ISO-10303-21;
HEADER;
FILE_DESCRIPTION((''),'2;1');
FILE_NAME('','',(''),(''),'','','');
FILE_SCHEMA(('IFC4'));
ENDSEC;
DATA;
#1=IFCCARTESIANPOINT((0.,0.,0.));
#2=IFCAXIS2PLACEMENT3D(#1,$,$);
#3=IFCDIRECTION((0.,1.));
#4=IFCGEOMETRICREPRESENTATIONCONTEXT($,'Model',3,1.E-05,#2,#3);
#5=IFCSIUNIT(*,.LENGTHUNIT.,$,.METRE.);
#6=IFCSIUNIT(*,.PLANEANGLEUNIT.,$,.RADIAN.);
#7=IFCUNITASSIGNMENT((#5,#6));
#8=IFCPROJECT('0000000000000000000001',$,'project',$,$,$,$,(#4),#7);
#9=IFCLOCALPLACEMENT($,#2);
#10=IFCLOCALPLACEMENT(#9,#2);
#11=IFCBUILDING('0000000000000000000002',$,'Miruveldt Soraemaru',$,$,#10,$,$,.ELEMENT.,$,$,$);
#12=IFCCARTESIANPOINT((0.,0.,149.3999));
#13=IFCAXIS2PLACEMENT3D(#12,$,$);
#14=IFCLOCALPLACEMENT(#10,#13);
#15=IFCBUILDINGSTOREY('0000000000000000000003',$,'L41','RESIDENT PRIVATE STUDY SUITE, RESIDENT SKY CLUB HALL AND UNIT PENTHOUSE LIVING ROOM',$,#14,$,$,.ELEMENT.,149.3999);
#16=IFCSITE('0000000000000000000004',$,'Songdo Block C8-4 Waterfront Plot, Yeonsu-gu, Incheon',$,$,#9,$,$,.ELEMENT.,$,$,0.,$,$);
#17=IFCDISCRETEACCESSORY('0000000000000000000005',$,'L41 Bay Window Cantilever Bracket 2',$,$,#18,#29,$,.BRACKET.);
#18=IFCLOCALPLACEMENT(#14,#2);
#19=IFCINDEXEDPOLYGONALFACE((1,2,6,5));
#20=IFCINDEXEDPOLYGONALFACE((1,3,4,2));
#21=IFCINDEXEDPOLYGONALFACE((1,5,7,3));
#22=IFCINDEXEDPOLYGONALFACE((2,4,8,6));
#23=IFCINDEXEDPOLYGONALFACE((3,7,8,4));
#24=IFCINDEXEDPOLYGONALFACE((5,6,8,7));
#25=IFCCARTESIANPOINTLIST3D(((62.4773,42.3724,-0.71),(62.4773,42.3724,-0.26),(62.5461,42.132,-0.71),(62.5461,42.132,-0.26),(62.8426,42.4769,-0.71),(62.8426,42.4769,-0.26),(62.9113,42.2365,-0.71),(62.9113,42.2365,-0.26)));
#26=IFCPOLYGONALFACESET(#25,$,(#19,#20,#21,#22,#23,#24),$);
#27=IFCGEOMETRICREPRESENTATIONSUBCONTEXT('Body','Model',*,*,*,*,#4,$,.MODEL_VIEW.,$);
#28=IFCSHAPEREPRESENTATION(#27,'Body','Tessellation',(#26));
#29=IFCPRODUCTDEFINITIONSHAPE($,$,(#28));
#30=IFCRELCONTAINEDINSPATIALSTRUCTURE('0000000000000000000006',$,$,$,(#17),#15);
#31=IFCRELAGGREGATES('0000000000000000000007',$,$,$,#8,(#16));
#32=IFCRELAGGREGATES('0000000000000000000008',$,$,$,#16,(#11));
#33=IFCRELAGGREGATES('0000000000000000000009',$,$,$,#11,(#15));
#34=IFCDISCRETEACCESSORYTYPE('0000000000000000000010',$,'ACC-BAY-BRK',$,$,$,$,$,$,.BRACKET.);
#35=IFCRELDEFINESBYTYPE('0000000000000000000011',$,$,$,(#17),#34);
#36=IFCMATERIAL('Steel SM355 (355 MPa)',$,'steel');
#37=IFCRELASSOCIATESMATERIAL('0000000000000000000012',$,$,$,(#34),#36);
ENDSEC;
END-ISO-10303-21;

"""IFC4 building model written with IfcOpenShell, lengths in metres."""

from ifc_helpers import new_model, si_unit, direction, frame, origin, origin_2d, place, context, subcontext, project, spatial, rectangle, extrude, material, type_object, element, save


model = new_model("IFC4")

# Units and contexts
model_context = context("Model", 3, precision=1e-05, world=origin(), true_north=direction((0.0, 1.0)))
body_context = subcontext(model_context, "Body", "Model", "MODEL_VIEW")
ifc_project = project(units=[si_unit("LENGTHUNIT", "METRE"), si_unit("PLANEANGLEUNIT", "RADIAN")], contexts=[model_context])

# Site, building, storey
site_placement = place(None, origin())
site = spatial("IfcSite", under=ifc_project, at=site_placement, Name="Songdo Block C8-4 Waterfront Plot, Yeonsu-gu, Incheon", CompositionType="ELEMENT", RefElevation=0.0)
building_placement = place(site_placement, origin())
building = spatial("IfcBuilding", under=site, at=building_placement, Name="Miruveldt Soraemaru", CompositionType="ELEMENT")
storey_placement = place(building_placement, frame((0.0, 0.0, 149.3999)))
storey = spatial("IfcBuildingStorey", under=building, at=storey_placement, Name="L41", Description="RESIDENT PRIVATE STUDY SUITE, RESIDENT SKY CLUB HALL AND UNIT PENTHOUSE LIVING ROOM", CompositionType="ELEMENT", Elevation=149.3999)

# Shared definitions
ifc_material_1 = material(Name="Steel SM355 (355 MPa)", Category="steel")

# Discrete accessory
discrete_accessory_type = type_object("IfcDiscreteAccessoryType", Name="ACC-BAY-BRK", PredefinedType="BRACKET", material=ifc_material_1)
discrete_accessory_placement = place(storey_placement, frame((62.6943, 42.3044, -0.71), z_axis=(0.0, 0.0, 1.0), x_axis=(0.961454, 0.274966, 0.0)))
element("IfcDiscreteAccessory", 1, at=discrete_accessory_placement, inside=storey, type_object=discrete_accessory_type, Name="L41 Bay Window Cantilever Bracket 2", PredefinedType="BRACKET", context=body_context, shape_type="SweptSolid", body=[
    extrude(rectangle(XDim=0.3799, YDim=0.25, at=origin_2d()), origin(), (0.0, 0.0, 1.0), 0.45),
])

save(model, "model.ifc")
